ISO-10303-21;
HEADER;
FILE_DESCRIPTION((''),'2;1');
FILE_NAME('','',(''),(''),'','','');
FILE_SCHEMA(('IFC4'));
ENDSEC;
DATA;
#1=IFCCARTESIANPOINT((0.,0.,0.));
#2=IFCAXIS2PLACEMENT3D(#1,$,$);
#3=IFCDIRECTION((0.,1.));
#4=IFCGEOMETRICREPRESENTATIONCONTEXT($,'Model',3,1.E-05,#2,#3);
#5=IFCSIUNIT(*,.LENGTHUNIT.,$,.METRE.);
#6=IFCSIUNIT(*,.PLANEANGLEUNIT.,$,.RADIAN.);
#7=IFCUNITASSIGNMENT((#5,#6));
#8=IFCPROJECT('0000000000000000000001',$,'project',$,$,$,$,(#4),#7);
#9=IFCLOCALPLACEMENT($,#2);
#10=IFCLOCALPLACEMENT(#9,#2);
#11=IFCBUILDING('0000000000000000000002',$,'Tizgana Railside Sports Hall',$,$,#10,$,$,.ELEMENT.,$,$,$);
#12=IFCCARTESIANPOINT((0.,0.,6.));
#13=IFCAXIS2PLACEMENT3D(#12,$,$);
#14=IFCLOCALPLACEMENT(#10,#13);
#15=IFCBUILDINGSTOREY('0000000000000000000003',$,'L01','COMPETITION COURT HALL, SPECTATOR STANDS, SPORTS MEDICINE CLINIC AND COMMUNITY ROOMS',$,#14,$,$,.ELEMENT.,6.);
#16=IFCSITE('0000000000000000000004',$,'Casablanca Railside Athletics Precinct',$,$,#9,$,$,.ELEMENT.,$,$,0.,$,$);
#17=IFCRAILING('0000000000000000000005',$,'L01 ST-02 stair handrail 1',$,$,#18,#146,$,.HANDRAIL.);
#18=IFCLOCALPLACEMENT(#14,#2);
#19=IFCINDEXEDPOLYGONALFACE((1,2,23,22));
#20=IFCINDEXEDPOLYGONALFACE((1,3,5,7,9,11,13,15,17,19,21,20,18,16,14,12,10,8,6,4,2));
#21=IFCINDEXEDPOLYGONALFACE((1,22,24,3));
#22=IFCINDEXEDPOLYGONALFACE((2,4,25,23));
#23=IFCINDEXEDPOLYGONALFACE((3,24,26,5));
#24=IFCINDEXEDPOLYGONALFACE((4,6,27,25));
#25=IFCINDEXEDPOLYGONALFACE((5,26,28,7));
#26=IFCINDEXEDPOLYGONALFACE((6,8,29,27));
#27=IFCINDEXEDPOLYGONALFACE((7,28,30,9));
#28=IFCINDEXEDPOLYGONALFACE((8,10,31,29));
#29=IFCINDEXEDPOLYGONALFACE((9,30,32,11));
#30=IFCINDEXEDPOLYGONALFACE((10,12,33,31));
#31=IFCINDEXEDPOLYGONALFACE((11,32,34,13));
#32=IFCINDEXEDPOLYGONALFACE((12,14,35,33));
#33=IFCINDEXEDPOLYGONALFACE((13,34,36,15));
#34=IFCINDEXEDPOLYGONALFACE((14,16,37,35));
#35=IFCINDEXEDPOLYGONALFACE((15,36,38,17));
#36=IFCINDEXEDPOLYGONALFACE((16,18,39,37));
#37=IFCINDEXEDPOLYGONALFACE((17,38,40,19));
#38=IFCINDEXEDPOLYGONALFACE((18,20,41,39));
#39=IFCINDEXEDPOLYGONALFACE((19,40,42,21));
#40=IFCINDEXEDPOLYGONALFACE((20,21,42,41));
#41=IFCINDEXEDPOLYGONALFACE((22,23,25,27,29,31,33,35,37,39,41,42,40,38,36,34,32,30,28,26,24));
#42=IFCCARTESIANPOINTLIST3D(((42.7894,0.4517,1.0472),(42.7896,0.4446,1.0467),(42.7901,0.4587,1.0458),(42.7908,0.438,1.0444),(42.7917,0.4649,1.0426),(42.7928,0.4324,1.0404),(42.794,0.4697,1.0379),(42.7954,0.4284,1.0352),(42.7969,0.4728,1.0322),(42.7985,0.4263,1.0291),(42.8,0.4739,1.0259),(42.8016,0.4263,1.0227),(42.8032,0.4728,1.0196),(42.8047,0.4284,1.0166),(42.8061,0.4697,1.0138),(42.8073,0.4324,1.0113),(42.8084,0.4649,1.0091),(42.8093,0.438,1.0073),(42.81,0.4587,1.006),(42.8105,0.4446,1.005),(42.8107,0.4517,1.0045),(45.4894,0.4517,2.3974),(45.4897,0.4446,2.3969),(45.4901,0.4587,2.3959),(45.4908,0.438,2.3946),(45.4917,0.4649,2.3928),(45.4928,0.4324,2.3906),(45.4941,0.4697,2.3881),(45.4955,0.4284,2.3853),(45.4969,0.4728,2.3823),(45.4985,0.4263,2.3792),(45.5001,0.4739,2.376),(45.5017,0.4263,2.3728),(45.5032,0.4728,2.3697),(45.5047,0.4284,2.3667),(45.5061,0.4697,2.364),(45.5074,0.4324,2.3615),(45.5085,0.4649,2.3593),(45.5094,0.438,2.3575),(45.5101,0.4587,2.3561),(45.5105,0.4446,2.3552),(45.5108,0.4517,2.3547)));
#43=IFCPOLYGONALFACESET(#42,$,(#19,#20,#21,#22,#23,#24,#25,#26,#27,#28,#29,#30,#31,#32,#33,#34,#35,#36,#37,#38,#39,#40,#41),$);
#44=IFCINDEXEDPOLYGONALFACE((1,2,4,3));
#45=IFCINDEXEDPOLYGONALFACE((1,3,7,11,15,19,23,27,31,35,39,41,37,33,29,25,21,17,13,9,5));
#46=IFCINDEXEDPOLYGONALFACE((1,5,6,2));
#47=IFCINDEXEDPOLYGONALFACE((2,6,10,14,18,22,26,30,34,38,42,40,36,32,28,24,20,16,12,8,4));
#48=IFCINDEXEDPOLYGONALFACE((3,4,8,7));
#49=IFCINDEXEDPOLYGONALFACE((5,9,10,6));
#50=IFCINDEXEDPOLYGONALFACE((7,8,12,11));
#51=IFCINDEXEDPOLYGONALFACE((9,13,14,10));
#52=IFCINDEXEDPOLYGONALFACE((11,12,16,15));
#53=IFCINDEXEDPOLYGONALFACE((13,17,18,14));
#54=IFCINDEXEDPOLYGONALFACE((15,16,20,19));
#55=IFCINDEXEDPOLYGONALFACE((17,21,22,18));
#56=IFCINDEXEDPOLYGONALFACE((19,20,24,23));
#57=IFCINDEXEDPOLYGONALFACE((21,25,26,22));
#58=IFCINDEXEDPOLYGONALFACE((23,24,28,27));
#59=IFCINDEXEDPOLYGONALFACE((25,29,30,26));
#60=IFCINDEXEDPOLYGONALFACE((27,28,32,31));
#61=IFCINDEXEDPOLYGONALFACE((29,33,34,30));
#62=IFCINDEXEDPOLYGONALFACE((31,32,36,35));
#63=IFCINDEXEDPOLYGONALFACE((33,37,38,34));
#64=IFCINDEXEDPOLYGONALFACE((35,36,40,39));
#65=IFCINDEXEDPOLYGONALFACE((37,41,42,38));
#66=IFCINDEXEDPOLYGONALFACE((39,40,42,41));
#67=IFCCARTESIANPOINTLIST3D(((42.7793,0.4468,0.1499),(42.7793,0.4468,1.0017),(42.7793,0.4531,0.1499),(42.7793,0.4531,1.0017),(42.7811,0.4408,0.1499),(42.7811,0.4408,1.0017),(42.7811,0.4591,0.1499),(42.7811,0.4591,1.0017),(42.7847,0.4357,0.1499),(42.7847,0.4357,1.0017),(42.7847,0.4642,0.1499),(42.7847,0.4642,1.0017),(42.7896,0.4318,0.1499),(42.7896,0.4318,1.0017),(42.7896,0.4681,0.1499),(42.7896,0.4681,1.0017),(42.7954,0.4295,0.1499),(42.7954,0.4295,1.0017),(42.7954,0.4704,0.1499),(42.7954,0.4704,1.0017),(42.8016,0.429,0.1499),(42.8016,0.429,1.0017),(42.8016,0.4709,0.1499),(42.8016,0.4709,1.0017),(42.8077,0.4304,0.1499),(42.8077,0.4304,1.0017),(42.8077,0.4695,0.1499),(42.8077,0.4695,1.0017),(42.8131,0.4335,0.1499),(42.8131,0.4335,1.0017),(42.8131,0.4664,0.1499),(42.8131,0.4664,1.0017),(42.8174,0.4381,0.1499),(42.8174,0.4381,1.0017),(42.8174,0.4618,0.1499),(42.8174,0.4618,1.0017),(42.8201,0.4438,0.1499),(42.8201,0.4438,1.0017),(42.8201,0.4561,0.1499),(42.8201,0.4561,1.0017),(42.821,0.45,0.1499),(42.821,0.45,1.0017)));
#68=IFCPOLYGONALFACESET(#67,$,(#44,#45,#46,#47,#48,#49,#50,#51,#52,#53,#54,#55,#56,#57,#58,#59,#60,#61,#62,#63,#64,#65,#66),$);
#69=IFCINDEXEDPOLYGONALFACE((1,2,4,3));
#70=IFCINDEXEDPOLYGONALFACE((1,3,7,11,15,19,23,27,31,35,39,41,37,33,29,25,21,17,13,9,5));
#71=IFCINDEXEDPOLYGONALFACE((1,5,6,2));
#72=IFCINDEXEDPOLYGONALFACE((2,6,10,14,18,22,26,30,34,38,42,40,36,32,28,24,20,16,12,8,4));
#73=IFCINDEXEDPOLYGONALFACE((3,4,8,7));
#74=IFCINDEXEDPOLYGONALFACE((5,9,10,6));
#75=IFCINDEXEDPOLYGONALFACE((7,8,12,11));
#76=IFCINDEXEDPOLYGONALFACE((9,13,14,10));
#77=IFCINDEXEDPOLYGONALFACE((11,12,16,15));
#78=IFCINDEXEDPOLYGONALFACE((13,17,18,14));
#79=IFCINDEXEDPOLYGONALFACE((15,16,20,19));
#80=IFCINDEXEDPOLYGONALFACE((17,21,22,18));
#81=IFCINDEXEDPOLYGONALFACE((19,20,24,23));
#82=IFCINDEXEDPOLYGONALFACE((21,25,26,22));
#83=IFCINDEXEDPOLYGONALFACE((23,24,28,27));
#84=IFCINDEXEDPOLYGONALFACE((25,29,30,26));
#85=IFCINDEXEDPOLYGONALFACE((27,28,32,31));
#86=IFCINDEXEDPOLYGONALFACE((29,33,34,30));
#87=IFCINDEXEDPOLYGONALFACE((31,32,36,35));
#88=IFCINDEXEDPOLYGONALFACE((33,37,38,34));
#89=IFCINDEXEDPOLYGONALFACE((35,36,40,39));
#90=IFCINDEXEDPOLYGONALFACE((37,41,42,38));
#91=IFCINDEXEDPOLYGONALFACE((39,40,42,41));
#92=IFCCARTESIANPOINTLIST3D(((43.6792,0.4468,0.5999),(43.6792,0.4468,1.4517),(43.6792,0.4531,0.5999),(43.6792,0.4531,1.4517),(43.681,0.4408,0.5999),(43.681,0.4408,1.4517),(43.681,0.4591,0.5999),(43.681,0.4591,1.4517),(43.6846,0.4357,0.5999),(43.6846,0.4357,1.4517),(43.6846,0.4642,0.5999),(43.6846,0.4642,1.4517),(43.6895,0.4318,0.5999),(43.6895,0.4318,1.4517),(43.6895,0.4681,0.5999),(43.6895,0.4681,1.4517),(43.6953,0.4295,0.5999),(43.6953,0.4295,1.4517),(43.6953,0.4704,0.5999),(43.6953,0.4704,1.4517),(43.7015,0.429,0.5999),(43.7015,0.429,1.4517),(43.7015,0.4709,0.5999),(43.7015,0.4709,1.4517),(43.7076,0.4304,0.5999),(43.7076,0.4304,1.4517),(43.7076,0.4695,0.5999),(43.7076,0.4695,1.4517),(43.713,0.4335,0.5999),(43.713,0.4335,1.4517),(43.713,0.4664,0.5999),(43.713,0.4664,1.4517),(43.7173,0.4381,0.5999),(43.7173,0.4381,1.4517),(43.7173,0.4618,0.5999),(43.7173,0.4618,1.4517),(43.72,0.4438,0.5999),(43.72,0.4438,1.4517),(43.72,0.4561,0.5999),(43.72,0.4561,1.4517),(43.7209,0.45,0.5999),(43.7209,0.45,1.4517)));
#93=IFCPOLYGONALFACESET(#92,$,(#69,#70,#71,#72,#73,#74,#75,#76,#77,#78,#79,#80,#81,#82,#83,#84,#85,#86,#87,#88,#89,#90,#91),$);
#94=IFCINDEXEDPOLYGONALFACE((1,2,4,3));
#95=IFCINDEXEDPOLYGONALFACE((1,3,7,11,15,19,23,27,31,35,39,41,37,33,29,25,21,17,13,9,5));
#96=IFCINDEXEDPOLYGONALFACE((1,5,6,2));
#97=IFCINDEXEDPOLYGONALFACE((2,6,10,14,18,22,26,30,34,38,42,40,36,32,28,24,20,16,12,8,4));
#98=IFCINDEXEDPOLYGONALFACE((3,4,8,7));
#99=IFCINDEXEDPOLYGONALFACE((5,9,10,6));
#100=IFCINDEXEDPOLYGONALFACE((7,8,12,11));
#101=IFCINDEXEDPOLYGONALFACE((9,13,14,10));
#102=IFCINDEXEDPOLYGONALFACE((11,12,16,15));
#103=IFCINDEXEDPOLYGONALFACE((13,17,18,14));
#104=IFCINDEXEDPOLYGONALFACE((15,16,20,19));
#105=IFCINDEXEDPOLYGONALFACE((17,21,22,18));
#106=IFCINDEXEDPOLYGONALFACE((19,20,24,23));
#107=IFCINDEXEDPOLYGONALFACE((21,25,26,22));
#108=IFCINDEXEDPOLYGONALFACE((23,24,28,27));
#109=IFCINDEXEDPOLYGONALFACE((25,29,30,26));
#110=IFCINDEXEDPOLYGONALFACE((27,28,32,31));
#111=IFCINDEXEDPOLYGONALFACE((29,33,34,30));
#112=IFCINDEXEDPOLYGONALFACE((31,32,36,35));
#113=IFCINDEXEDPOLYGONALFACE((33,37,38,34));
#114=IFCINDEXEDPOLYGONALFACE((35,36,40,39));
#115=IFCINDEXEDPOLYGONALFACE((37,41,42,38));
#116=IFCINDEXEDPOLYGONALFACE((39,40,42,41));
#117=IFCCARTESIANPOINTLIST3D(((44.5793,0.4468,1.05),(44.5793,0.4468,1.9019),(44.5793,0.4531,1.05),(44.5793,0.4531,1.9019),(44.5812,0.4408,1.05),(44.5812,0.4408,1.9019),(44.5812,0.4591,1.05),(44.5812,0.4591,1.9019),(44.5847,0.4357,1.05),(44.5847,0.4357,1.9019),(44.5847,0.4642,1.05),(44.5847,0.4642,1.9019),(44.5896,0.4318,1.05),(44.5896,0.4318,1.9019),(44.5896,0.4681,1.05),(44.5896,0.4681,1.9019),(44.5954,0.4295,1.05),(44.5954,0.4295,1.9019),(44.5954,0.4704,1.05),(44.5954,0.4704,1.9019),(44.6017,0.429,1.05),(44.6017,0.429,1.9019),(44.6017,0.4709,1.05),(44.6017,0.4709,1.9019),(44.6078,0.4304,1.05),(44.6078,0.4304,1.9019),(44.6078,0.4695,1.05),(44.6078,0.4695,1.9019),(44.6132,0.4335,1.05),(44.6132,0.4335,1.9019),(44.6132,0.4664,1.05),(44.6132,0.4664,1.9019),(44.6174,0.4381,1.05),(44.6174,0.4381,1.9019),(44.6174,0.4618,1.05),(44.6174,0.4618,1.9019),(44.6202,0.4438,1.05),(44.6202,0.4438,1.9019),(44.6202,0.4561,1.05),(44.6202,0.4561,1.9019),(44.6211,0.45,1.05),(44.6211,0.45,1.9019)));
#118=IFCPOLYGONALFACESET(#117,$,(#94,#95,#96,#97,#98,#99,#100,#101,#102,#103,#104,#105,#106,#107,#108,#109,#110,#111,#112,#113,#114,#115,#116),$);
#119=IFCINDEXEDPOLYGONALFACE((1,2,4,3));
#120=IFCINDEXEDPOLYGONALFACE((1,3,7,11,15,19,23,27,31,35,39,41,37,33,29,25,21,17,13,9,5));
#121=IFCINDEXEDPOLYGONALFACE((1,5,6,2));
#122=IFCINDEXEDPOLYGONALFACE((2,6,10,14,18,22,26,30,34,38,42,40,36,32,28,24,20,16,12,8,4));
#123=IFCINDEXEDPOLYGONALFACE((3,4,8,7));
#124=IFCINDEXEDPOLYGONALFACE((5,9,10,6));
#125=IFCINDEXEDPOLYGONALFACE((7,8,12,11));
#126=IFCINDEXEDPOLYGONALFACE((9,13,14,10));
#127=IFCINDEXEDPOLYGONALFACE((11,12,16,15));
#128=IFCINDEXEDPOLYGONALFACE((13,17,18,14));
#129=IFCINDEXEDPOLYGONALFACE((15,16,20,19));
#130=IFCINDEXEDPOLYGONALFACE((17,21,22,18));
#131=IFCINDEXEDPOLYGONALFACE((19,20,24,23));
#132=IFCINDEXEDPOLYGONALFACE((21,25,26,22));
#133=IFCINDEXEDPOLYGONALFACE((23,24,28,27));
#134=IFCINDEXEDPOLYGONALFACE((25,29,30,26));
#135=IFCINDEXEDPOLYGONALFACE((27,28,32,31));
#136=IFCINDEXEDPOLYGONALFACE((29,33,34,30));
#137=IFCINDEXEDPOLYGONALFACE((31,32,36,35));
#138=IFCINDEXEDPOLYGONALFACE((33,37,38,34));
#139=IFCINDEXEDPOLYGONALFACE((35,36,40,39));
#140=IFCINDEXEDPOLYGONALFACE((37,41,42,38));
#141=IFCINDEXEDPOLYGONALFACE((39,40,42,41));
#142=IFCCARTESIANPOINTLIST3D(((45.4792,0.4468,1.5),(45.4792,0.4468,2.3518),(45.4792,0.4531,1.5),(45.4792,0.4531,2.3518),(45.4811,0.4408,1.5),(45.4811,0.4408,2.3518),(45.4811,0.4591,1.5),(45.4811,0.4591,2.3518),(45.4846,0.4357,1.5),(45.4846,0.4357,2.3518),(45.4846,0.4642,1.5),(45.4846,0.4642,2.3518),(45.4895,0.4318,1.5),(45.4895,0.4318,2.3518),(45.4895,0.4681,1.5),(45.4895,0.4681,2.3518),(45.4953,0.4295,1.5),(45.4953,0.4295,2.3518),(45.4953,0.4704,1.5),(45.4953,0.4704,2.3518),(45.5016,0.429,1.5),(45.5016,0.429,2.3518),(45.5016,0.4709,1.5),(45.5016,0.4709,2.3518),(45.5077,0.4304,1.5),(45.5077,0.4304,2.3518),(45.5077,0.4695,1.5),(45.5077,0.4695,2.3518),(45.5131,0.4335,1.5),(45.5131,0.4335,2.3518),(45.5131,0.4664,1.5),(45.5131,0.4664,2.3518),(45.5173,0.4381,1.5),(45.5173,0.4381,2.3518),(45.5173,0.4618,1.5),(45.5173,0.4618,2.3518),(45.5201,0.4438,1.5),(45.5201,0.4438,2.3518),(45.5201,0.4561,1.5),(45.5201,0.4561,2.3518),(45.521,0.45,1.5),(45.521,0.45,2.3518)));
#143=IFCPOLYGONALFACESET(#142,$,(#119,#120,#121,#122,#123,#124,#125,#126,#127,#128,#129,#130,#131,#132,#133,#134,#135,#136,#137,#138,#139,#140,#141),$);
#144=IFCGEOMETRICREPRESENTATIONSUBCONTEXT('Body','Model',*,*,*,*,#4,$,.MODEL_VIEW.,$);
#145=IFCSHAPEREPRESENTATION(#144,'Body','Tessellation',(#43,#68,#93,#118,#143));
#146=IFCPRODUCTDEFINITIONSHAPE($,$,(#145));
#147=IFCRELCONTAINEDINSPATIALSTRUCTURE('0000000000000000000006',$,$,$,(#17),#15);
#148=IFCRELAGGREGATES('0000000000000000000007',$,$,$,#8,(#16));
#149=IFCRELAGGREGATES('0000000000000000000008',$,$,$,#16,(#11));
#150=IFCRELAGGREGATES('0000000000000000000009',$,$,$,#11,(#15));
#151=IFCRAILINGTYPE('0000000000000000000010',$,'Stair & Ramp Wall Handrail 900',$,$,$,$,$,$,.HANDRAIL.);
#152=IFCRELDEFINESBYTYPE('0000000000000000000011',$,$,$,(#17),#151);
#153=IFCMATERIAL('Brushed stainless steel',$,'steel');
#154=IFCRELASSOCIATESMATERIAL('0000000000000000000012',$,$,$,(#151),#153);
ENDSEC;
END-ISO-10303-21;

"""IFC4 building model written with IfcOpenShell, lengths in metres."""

from ifc_helpers import new_model, si_unit, direction, frame, origin, origin_2d, place, context, subcontext, project, spatial, circle, extrude, material, type_object, element, save


model = new_model("IFC4")

# Units and contexts
model_context = context("Model", 3, precision=1e-05, world=origin(), true_north=direction((0.0, 1.0)))
body_context = subcontext(model_context, "Body", "Model", "MODEL_VIEW")
ifc_project = project(units=[si_unit("LENGTHUNIT", "METRE"), si_unit("PLANEANGLEUNIT", "RADIAN")], contexts=[model_context])

# Site, building, storey
site_placement = place(None, origin())
site = spatial("IfcSite", under=ifc_project, at=site_placement, Name="Casablanca Railside Athletics Precinct", CompositionType="ELEMENT", RefElevation=0.0)
building_placement = place(site_placement, origin())
building = spatial("IfcBuilding", under=site, at=building_placement, Name="Tizgana Railside Sports Hall", CompositionType="ELEMENT")
storey_placement = place(building_placement, frame((0.0, 0.0, 6.0)))
storey = spatial("IfcBuildingStorey", under=building, at=storey_placement, Name="L01", Description="COMPETITION COURT HALL, SPECTATOR STANDS, SPORTS MEDICINE CLINIC AND COMMUNITY ROOMS", CompositionType="ELEMENT", Elevation=6.0)

# Railing
ifc_material_1 = material(Name="Brushed stainless steel", Category="steel")
railing_type_1 = type_object("IfcRailingType", Name="Stair & Ramp Wall Handrail 900", PredefinedType="HANDRAIL", material=ifc_material_1)
for number, where, name in (
    (1, (42.8, 0.45, 0.1499), "L01 ST-02 stair handrail 1"),
):
    element("IfcRailing", number, at=place(storey_placement, frame(where)), inside=storey, type_object=railing_type_1, Name=name, PredefinedType="HANDRAIL", context=body_context, shape_type="SweptSolid", body=[
        extrude(circle(Radius=0.0239, at=origin_2d()), frame((0.0, 0.0, 0.876), z_axis=(0.894411, 0.0, 0.447246), x_axis=(0.0, 1.0, 0.0)), (0.0, 0.0, 1.0), 3.0188),
        extrude(circle(Radius=0.021, at=origin_2d()), origin(), (0.0, 0.0, 1.0), 0.8518),
        extrude(circle(Radius=0.021, at=origin_2d()), frame((0.8999, 0.0, 0.45)), (0.0, 0.0, 1.0), 0.8518),
        extrude(circle(Radius=0.021, at=origin_2d()), frame((1.8, 0.0, 0.9001)), (0.0, 0.0, 1.0), 0.8518),
        extrude(circle(Radius=0.021, at=origin_2d()), frame((2.7, 0.0, 1.3501)), (0.0, 0.0, 1.0), 0.8518),
    ])

save(model, "model.ifc")
